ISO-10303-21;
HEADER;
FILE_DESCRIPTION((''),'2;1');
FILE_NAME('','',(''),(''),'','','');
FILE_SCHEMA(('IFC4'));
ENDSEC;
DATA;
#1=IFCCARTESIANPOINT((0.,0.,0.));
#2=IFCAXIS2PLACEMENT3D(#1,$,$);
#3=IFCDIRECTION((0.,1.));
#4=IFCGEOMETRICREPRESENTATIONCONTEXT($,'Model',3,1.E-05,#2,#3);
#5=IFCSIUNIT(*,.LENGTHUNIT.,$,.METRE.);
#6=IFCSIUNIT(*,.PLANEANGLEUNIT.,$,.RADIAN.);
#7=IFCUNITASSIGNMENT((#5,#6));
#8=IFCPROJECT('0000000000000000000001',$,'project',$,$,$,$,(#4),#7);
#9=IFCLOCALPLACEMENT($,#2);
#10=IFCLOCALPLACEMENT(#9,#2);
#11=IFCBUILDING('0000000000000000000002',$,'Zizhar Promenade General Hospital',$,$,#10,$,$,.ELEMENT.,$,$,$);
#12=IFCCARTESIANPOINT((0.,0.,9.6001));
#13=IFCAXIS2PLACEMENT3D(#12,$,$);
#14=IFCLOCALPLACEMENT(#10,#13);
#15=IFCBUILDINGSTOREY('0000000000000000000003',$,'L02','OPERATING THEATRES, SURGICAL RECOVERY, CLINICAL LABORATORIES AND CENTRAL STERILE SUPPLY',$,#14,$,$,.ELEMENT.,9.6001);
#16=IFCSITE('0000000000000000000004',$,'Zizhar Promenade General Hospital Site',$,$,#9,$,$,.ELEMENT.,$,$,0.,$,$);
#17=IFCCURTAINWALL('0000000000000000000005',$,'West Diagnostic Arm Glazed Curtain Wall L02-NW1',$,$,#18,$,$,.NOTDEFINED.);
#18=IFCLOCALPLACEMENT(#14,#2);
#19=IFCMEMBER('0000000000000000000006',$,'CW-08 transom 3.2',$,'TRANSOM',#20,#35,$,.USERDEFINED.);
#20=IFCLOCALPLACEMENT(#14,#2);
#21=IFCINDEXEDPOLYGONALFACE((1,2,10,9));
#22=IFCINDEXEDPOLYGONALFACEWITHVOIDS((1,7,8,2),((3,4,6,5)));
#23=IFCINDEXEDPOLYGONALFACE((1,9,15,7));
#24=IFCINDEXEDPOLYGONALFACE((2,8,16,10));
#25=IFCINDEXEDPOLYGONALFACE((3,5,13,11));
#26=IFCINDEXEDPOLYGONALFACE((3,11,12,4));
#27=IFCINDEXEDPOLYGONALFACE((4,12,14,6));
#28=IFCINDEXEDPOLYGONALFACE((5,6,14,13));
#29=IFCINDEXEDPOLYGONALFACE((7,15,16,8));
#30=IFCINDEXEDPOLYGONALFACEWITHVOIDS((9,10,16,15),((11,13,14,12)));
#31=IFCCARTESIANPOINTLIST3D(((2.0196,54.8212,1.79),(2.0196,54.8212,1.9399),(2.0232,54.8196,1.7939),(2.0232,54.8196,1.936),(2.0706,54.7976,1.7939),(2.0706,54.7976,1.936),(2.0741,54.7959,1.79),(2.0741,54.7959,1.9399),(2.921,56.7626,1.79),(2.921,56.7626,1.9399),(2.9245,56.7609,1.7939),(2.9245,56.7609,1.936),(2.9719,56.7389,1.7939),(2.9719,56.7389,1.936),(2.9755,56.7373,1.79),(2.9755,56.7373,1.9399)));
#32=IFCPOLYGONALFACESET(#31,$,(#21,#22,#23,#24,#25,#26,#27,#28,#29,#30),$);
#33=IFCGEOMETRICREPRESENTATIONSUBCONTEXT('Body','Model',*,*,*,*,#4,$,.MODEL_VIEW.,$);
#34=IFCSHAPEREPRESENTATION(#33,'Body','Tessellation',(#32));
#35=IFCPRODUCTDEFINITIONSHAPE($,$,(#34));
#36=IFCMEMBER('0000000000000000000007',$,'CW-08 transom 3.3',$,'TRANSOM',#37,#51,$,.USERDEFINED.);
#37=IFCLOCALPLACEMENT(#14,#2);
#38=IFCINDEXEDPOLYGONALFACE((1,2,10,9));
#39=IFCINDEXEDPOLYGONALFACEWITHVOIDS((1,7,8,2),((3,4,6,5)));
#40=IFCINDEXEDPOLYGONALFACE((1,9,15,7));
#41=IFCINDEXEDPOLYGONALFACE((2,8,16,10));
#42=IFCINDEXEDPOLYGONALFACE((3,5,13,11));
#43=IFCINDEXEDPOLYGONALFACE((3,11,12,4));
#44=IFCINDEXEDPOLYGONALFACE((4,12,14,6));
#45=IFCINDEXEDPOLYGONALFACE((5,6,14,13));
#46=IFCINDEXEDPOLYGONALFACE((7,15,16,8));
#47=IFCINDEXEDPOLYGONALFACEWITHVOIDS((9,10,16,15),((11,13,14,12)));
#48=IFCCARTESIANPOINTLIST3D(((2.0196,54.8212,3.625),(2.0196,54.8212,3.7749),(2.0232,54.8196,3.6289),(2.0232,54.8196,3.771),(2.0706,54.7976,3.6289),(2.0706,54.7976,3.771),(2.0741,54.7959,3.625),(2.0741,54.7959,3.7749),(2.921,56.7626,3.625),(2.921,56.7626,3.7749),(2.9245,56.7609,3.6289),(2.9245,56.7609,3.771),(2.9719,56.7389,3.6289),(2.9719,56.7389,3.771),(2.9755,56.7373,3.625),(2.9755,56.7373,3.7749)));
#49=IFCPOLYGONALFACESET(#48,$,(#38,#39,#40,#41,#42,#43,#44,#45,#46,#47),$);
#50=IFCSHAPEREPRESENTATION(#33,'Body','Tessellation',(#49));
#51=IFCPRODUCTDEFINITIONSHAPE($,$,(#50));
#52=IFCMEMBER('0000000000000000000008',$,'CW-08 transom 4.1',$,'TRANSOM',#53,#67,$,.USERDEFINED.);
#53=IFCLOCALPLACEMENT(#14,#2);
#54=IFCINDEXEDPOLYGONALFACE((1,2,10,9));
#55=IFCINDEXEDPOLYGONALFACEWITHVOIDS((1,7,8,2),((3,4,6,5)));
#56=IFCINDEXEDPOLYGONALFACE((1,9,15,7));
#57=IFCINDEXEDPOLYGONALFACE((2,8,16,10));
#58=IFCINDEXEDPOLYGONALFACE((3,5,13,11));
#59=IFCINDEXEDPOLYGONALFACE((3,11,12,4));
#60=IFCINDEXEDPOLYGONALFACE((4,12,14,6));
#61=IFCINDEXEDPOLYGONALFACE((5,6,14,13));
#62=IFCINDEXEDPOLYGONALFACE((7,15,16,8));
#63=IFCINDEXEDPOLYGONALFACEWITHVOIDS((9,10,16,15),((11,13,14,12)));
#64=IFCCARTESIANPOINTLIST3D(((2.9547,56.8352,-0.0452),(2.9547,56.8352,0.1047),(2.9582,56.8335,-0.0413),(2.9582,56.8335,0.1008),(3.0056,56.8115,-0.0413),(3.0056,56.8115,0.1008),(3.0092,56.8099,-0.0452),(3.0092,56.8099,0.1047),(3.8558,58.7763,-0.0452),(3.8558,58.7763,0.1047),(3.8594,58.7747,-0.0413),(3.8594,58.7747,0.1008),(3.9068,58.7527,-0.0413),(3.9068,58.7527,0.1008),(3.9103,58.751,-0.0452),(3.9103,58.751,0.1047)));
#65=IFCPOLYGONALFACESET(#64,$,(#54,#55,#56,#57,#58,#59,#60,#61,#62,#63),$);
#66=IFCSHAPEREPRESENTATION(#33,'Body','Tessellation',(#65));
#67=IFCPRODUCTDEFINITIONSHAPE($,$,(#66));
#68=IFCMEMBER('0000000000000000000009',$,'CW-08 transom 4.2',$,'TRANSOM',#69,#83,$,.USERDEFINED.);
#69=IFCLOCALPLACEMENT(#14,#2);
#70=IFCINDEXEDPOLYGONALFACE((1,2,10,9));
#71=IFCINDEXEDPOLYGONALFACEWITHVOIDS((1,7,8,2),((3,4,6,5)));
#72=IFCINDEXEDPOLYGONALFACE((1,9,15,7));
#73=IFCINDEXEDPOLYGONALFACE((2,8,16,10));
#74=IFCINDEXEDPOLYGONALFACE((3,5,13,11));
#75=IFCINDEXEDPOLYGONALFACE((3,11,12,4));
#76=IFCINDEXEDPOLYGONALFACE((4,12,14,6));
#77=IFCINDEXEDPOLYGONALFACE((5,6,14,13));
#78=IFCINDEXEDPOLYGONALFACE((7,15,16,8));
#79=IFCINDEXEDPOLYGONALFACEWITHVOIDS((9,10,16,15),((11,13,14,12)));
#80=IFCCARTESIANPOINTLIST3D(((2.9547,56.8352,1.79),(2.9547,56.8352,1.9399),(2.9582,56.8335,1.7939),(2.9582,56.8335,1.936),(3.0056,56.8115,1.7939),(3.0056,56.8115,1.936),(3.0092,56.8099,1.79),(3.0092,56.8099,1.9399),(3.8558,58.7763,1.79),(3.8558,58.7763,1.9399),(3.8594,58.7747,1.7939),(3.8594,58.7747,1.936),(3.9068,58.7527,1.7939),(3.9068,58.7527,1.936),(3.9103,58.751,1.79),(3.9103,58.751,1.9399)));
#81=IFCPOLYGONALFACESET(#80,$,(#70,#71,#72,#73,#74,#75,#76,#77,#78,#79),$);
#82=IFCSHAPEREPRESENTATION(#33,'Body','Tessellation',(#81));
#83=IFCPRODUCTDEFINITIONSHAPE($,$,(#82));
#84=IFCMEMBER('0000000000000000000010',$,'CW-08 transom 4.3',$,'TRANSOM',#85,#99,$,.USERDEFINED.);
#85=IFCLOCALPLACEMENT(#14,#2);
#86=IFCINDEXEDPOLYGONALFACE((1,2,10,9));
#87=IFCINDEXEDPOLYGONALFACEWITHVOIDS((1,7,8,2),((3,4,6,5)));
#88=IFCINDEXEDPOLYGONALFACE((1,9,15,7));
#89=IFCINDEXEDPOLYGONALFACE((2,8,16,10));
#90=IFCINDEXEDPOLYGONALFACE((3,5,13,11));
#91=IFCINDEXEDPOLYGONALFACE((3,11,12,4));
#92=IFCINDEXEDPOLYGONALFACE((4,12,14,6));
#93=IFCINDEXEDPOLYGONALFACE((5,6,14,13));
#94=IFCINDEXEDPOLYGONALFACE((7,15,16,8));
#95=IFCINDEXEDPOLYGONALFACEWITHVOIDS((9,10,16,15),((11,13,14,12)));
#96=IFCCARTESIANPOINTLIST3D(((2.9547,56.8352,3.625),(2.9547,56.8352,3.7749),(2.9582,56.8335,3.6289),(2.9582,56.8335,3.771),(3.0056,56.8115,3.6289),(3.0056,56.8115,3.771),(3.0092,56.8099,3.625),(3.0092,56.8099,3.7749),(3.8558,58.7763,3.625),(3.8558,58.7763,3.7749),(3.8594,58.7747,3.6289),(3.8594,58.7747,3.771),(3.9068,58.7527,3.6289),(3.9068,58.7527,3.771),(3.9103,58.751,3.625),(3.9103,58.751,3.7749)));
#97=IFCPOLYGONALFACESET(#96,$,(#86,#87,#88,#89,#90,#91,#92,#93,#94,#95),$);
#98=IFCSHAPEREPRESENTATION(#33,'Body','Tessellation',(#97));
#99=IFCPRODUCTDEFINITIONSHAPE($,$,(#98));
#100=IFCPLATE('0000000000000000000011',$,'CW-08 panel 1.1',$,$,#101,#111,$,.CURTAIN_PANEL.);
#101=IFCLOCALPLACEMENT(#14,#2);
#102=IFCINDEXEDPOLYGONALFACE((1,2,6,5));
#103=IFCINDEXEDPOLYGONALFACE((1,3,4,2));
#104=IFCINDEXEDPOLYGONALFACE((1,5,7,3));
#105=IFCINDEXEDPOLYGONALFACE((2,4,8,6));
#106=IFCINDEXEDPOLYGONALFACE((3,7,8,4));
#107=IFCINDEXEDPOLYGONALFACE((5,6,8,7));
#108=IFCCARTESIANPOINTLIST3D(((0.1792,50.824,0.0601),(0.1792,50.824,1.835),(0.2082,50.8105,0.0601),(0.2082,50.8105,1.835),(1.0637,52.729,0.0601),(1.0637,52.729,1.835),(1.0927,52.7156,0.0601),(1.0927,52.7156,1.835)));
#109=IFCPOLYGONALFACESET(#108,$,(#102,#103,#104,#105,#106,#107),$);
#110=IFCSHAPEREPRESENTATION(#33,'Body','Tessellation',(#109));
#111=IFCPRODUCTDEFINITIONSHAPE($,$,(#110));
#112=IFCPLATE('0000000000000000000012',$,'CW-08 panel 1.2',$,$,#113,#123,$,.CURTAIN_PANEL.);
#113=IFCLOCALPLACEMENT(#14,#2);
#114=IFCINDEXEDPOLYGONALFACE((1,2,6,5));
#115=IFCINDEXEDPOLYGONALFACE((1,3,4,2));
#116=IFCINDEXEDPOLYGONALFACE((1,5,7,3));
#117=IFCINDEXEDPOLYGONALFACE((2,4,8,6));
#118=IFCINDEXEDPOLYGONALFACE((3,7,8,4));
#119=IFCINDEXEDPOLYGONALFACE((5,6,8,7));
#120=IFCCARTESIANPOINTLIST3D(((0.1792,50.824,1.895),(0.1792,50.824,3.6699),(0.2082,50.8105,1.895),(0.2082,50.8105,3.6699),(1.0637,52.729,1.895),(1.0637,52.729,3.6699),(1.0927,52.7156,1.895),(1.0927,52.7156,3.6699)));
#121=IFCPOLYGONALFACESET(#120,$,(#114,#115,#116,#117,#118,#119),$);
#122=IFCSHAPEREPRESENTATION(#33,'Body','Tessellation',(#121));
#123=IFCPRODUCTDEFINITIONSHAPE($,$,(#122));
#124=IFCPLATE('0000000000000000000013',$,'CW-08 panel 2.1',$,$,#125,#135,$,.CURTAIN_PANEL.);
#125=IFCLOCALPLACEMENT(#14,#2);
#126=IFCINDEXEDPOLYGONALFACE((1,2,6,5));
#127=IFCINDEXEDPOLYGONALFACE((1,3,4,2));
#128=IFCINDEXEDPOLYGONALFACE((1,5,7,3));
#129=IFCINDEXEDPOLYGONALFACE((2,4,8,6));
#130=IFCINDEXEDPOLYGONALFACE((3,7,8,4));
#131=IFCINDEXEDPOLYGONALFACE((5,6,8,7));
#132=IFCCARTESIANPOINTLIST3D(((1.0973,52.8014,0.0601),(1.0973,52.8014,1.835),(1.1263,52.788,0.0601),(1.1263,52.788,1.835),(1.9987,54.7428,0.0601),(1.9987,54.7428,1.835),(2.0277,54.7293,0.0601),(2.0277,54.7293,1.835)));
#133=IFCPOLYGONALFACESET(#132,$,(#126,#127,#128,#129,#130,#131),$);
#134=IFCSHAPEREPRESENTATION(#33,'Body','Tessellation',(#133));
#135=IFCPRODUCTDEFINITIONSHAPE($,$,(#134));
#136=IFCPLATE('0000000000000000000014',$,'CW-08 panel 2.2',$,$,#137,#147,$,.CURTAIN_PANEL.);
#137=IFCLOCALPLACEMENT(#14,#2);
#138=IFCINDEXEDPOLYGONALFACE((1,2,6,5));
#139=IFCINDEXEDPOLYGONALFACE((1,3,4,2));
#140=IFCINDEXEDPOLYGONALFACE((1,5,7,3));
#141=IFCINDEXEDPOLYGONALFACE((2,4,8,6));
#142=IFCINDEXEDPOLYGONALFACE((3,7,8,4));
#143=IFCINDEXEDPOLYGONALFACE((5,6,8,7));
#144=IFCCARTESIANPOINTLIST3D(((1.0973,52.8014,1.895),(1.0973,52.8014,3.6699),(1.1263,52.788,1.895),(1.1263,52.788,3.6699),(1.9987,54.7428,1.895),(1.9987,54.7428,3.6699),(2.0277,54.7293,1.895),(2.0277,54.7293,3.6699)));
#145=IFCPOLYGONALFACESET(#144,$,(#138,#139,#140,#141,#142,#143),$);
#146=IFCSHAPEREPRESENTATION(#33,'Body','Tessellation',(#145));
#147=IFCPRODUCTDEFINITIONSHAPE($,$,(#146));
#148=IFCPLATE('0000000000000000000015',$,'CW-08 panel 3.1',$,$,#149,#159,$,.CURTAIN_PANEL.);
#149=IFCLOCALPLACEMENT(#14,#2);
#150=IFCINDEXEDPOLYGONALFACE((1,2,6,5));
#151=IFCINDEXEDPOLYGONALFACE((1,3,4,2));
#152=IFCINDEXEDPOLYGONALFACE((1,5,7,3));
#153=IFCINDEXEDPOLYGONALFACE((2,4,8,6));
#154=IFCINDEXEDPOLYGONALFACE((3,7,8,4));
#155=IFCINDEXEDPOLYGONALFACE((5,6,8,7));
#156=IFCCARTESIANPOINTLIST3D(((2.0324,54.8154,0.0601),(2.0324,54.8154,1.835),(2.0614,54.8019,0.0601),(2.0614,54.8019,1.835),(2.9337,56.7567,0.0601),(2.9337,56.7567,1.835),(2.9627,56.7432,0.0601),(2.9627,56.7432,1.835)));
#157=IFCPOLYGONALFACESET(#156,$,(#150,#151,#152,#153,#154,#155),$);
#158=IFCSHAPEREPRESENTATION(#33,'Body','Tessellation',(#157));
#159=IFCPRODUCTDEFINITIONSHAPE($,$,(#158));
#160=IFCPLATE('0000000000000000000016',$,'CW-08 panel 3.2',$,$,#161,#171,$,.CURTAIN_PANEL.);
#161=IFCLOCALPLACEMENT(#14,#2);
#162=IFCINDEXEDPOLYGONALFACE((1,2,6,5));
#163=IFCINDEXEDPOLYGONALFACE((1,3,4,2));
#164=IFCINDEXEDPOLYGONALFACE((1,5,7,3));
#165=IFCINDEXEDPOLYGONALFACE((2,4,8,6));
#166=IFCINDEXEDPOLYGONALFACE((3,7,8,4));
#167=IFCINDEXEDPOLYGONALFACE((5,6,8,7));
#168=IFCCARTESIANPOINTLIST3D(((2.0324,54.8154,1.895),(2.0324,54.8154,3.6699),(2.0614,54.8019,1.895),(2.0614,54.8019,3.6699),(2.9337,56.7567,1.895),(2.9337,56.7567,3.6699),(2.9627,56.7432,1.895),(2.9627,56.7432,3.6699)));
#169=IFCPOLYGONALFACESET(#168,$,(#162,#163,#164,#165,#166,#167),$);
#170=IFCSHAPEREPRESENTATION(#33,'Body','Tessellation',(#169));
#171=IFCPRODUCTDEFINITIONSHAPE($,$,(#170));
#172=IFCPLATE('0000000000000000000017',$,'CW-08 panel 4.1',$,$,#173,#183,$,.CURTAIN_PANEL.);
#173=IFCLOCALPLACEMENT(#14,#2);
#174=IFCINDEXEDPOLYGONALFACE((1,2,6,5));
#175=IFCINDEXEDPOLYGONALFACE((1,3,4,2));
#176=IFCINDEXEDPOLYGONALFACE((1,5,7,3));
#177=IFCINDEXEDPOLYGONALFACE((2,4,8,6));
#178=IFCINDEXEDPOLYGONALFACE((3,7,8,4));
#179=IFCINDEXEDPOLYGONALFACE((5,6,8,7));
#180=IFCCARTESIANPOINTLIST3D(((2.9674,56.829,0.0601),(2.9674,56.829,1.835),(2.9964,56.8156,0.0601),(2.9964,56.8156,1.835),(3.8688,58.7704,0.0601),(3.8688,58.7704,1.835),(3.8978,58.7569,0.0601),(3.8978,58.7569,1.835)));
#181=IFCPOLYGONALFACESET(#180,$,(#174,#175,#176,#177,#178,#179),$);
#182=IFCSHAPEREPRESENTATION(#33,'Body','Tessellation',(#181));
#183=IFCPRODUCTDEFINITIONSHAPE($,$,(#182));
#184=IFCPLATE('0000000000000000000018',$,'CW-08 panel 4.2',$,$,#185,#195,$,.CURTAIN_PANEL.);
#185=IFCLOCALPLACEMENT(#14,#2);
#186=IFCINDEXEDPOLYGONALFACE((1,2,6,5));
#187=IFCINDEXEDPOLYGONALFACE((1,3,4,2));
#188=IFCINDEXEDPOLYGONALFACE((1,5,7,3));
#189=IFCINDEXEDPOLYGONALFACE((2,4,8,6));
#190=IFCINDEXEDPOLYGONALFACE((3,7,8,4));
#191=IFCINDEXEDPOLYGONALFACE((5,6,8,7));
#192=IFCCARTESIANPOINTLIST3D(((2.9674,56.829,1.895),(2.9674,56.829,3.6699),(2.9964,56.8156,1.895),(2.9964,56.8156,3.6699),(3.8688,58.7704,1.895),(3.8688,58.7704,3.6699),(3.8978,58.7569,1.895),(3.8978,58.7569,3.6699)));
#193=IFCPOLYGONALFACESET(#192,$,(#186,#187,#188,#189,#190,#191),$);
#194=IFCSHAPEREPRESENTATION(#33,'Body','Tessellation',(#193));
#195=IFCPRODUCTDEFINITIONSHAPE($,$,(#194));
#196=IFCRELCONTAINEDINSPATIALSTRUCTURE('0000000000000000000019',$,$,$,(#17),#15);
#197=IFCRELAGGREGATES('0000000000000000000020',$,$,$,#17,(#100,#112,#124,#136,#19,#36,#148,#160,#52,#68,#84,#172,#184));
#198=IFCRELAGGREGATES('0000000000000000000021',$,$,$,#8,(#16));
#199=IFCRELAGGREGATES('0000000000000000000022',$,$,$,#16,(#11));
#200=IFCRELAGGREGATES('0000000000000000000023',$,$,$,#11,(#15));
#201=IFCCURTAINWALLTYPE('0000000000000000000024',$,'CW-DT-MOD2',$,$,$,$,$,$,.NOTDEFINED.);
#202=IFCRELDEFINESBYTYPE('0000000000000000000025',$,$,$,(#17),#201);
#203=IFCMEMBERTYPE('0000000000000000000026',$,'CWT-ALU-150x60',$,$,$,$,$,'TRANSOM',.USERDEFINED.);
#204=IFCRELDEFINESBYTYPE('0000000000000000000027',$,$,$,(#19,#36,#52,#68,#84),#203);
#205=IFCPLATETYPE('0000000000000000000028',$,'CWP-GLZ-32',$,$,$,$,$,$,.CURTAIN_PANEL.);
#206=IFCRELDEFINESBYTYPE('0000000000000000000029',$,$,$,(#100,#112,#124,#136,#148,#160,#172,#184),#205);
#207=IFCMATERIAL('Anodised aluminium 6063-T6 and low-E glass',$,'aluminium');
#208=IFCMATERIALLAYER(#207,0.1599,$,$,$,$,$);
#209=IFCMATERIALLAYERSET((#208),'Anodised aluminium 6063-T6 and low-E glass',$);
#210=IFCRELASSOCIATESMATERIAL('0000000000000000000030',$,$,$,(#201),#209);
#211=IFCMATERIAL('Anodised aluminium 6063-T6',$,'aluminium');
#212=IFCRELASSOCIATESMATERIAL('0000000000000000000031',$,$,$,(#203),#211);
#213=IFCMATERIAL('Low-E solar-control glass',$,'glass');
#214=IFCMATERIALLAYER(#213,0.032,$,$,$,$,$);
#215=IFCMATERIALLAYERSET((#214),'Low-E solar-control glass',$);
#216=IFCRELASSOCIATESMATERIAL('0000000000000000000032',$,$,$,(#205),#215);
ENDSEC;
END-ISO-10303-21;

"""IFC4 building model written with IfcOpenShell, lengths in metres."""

from ifc_helpers import new_model, si_unit, direction, frame, origin, origin_2d, place, context, subcontext, project, spatial, rectangle, hollow_rectangle, extrude, material, layer, layer_set, material_profile, profile_set, type_object, element, aggregate, save


model = new_model("IFC4")

# Units and contexts
model_context = context("Model", 3, precision=1e-05, world=origin(), true_north=direction((0.0, 1.0)))
body_context = subcontext(model_context, "Body", "Model", "MODEL_VIEW")
ifc_project = project(units=[si_unit("LENGTHUNIT", "METRE"), si_unit("PLANEANGLEUNIT", "RADIAN")], contexts=[model_context])

# Site, building, storey
site_placement = place(None, origin())
site = spatial("IfcSite", under=ifc_project, at=site_placement, Name="Zizhar Promenade General Hospital Site", CompositionType="ELEMENT", RefElevation=0.0)
building_placement = place(site_placement, origin())
building = spatial("IfcBuilding", under=site, at=building_placement, Name="Zizhar Promenade General Hospital", CompositionType="ELEMENT")
storey_placement = place(building_placement, frame((0.0, 0.0, 9.6001)))
storey = spatial("IfcBuildingStorey", under=building, at=storey_placement, Name="L02", Description="OPERATING THEATRES, SURGICAL RECOVERY, CLINICAL LABORATORIES AND CENTRAL STERILE SUPPLY", CompositionType="ELEMENT", Elevation=9.6001)

# Curtain wall, members, plates
ifc_material_1 = material(Name="Anodised aluminium 6063-T6 and low-E glass", Category="aluminium")
ifc_layer_1 = layer(ifc_material_1, 0.1599)
ifc_layer_set_1 = layer_set([ifc_layer_1], Name="Anodised aluminium 6063-T6 and low-E glass")
curtain_wall_type = type_object("IfcCurtainWallType", Name="CW-DT-MOD2", PredefinedType="NOTDEFINED", material=ifc_layer_set_1)
curtain_wall_placement = place(storey_placement, origin())
curtain_wall = element("IfcCurtainWall", 1, at=curtain_wall_placement, inside=storey, type_object=curtain_wall_type, Name="West Diagnostic Arm Glazed Curtain Wall L02-NW1", PredefinedType="NOTDEFINED")
ifc_material_2 = material(Name="Anodised aluminium 6063-T6", Category="aluminium")
ifc_material_profile_1 = material_profile(ifc_material_2, hollow_rectangle(XDim=0.0601, YDim=0.1499, WallThickness=0.0039, at=origin_2d()))
ifc_profile_set_1 = profile_set([ifc_material_profile_1], Name="Anodised aluminium 6063-T6")
member_type_1 = type_object("IfcMemberType", Name="CWT-ALU-150x60", ElementType="TRANSOM", PredefinedType="USERDEFINED", material=ifc_profile_set_1)
member_1_placement = place(storey_placement, frame((2.0469, 54.8086, 1.865), z_axis=(0.421111, 0.907009, 0.0), x_axis=(-0.907009, 0.421111, 0.0)))
member_1 = element("IfcMember", 2, at=member_1_placement, type_object=member_type_1, Name="CW-08 transom 3.2", ObjectType="TRANSOM", PredefinedType="USERDEFINED", context=body_context, shape_type="SweptSolid", body=[
    extrude(hollow_rectangle(XDim=0.0601, YDim=0.1499, WallThickness=0.0039, at=origin_2d()), origin(), (0.0, 0.0, 1.0), 2.1404),
])
member_2_placement = place(storey_placement, frame((2.0469, 54.8086, 3.7), z_axis=(0.421111, 0.907009, 0.0), x_axis=(-0.907009, 0.421111, 0.0)))
member_2 = element("IfcMember", 3, at=member_2_placement, type_object=member_type_1, Name="CW-08 transom 3.3", ObjectType="TRANSOM", PredefinedType="USERDEFINED", context=body_context, shape_type="SweptSolid", body=[
    extrude(hollow_rectangle(XDim=0.0601, YDim=0.1499, WallThickness=0.0039, at=origin_2d()), origin(), (0.0, 0.0, 1.0), 2.1404),
])
member_3_placement = place(storey_placement, frame((2.9819, 56.8225, 0.0298), z_axis=(0.421061, 0.907032, 0.0), x_axis=(-0.907032, 0.421061, 0.0)))
member_3 = element("IfcMember", 4, at=member_3_placement, type_object=member_type_1, Name="CW-08 transom 4.1", ObjectType="TRANSOM", PredefinedType="USERDEFINED", context=body_context, shape_type="SweptSolid", body=[
    extrude(hollow_rectangle(XDim=0.0601, YDim=0.1499, WallThickness=0.0039, at=origin_2d()), origin(), (0.0, 0.0, 1.0), 2.1401),
])
member_4_placement = place(storey_placement, frame((2.9819, 56.8225, 1.865), z_axis=(0.421061, 0.907032, 0.0), x_axis=(-0.907032, 0.421061, 0.0)))
member_4 = element("IfcMember", 5, at=member_4_placement, type_object=member_type_1, Name="CW-08 transom 4.2", ObjectType="TRANSOM", PredefinedType="USERDEFINED", context=body_context, shape_type="SweptSolid", body=[
    extrude(hollow_rectangle(XDim=0.0601, YDim=0.1499, WallThickness=0.0039, at=origin_2d()), origin(), (0.0, 0.0, 1.0), 2.1401),
])
member_5_placement = place(storey_placement, frame((2.9819, 56.8225, 3.7), z_axis=(0.421061, 0.907032, 0.0), x_axis=(-0.907032, 0.421061, 0.0)))
member_5 = element("IfcMember", 6, at=member_5_placement, type_object=member_type_1, Name="CW-08 transom 4.3", ObjectType="TRANSOM", PredefinedType="USERDEFINED", context=body_context, shape_type="SweptSolid", body=[
    extrude(hollow_rectangle(XDim=0.0601, YDim=0.1499, WallThickness=0.0039, at=origin_2d()), origin(), (0.0, 0.0, 1.0), 2.1401),
])
ifc_material_3 = material(Name="Low-E solar-control glass", Category="glass")
ifc_layer_2 = layer(ifc_material_3, 0.032)
ifc_layer_set_2 = layer_set([ifc_layer_2], Name="Low-E solar-control glass")
plate_type = type_object("IfcPlateType", Name="CWP-GLZ-32", PredefinedType="CURTAIN_PANEL", material=ifc_layer_set_2)
plate_1_placement = place(storey_placement, frame((0.636, 51.7698, 0.0601), z_axis=(0.0, 0.0, 1.0), x_axis=(0.421115, 0.907007, 0.0)))
plate_1 = element("IfcPlate", 7, at=plate_1_placement, type_object=plate_type, Name="CW-08 panel 1.1", PredefinedType="CURTAIN_PANEL", context=body_context, shape_type="SweptSolid", body=[
    extrude(rectangle(XDim=2.1003, YDim=0.032, at=origin_2d()), origin(), (0.0, 0.0, 1.0), 1.7749),
])
plate_2_placement = place(storey_placement, frame((0.636, 51.7698, 1.895), z_axis=(0.0, 0.0, 1.0), x_axis=(0.421115, 0.907007, 0.0)))
plate_2 = element("IfcPlate", 8, at=plate_2_placement, type_object=plate_type, Name="CW-08 panel 1.2", PredefinedType="CURTAIN_PANEL", context=body_context, shape_type="SweptSolid", body=[
    extrude(rectangle(XDim=2.1003, YDim=0.032, at=origin_2d()), origin(), (0.0, 0.0, 1.0), 1.7749),
])
plate_3_placement = place(storey_placement, frame((1.5625, 53.7654, 0.0601), z_axis=(0.0, 0.0, 1.0), x_axis=(0.421115, 0.907007, 0.0)))
plate_3 = element("IfcPlate", 9, at=plate_3_placement, type_object=plate_type, Name="CW-08 panel 2.1", PredefinedType="CURTAIN_PANEL", context=body_context, shape_type="SweptSolid", body=[
    extrude(rectangle(XDim=2.1404, YDim=0.032, at=origin_2d()), origin(), (0.0, 0.0, 1.0), 1.7749),
])
plate_4_placement = place(storey_placement, frame((1.5625, 53.7654, 1.895), z_axis=(0.0, 0.0, 1.0), x_axis=(0.421115, 0.907007, 0.0)))
plate_4 = element("IfcPlate", 10, at=plate_4_placement, type_object=plate_type, Name="CW-08 panel 2.2", PredefinedType="CURTAIN_PANEL", context=body_context, shape_type="SweptSolid", body=[
    extrude(rectangle(XDim=2.1404, YDim=0.032, at=origin_2d()), origin(), (0.0, 0.0, 1.0), 1.7749),
])
plate_5_placement = place(storey_placement, frame((2.4976, 55.7793, 0.0601), z_axis=(0.0, 0.0, 1.0), x_axis=(0.421115, 0.907007, 0.0)))
plate_5 = element("IfcPlate", 11, at=plate_5_placement, type_object=plate_type, Name="CW-08 panel 3.1", PredefinedType="CURTAIN_PANEL", context=body_context, shape_type="SweptSolid", body=[
    extrude(rectangle(XDim=2.1404, YDim=0.032, at=origin_2d()), origin(), (0.0, 0.0, 1.0), 1.7749),
])
plate_6_placement = place(storey_placement, frame((2.4976, 55.7793, 1.895), z_axis=(0.0, 0.0, 1.0), x_axis=(0.421115, 0.907007, 0.0)))
plate_6 = element("IfcPlate", 12, at=plate_6_placement, type_object=plate_type, Name="CW-08 panel 3.2", PredefinedType="CURTAIN_PANEL", context=body_context, shape_type="SweptSolid", body=[
    extrude(rectangle(XDim=2.1404, YDim=0.032, at=origin_2d()), origin(), (0.0, 0.0, 1.0), 1.7749),
])
plate_7_placement = place(storey_placement, frame((3.4326, 57.793, 0.0601), z_axis=(0.0, 0.0, 1.0), x_axis=(0.421115, 0.907007, 0.0)))
plate_7 = element("IfcPlate", 13, at=plate_7_placement, type_object=plate_type, Name="CW-08 panel 4.1", PredefinedType="CURTAIN_PANEL", context=body_context, shape_type="SweptSolid", body=[
    extrude(rectangle(XDim=2.1404, YDim=0.032, at=origin_2d()), origin(), (0.0, 0.0, 1.0), 1.7749),
])
plate_8_placement = place(storey_placement, frame((3.4326, 57.793, 1.895), z_axis=(0.0, 0.0, 1.0), x_axis=(0.421115, 0.907007, 0.0)))
plate_8 = element("IfcPlate", 14, at=plate_8_placement, type_object=plate_type, Name="CW-08 panel 4.2", PredefinedType="CURTAIN_PANEL", context=body_context, shape_type="SweptSolid", body=[
    extrude(rectangle(XDim=2.1404, YDim=0.032, at=origin_2d()), origin(), (0.0, 0.0, 1.0), 1.7749),
])
aggregate(curtain_wall, [plate_1, plate_2, plate_3, plate_4, member_1, member_2, plate_5, plate_6, member_3, member_4, member_5, plate_7, plate_8])

save(model, "model.ifc")
